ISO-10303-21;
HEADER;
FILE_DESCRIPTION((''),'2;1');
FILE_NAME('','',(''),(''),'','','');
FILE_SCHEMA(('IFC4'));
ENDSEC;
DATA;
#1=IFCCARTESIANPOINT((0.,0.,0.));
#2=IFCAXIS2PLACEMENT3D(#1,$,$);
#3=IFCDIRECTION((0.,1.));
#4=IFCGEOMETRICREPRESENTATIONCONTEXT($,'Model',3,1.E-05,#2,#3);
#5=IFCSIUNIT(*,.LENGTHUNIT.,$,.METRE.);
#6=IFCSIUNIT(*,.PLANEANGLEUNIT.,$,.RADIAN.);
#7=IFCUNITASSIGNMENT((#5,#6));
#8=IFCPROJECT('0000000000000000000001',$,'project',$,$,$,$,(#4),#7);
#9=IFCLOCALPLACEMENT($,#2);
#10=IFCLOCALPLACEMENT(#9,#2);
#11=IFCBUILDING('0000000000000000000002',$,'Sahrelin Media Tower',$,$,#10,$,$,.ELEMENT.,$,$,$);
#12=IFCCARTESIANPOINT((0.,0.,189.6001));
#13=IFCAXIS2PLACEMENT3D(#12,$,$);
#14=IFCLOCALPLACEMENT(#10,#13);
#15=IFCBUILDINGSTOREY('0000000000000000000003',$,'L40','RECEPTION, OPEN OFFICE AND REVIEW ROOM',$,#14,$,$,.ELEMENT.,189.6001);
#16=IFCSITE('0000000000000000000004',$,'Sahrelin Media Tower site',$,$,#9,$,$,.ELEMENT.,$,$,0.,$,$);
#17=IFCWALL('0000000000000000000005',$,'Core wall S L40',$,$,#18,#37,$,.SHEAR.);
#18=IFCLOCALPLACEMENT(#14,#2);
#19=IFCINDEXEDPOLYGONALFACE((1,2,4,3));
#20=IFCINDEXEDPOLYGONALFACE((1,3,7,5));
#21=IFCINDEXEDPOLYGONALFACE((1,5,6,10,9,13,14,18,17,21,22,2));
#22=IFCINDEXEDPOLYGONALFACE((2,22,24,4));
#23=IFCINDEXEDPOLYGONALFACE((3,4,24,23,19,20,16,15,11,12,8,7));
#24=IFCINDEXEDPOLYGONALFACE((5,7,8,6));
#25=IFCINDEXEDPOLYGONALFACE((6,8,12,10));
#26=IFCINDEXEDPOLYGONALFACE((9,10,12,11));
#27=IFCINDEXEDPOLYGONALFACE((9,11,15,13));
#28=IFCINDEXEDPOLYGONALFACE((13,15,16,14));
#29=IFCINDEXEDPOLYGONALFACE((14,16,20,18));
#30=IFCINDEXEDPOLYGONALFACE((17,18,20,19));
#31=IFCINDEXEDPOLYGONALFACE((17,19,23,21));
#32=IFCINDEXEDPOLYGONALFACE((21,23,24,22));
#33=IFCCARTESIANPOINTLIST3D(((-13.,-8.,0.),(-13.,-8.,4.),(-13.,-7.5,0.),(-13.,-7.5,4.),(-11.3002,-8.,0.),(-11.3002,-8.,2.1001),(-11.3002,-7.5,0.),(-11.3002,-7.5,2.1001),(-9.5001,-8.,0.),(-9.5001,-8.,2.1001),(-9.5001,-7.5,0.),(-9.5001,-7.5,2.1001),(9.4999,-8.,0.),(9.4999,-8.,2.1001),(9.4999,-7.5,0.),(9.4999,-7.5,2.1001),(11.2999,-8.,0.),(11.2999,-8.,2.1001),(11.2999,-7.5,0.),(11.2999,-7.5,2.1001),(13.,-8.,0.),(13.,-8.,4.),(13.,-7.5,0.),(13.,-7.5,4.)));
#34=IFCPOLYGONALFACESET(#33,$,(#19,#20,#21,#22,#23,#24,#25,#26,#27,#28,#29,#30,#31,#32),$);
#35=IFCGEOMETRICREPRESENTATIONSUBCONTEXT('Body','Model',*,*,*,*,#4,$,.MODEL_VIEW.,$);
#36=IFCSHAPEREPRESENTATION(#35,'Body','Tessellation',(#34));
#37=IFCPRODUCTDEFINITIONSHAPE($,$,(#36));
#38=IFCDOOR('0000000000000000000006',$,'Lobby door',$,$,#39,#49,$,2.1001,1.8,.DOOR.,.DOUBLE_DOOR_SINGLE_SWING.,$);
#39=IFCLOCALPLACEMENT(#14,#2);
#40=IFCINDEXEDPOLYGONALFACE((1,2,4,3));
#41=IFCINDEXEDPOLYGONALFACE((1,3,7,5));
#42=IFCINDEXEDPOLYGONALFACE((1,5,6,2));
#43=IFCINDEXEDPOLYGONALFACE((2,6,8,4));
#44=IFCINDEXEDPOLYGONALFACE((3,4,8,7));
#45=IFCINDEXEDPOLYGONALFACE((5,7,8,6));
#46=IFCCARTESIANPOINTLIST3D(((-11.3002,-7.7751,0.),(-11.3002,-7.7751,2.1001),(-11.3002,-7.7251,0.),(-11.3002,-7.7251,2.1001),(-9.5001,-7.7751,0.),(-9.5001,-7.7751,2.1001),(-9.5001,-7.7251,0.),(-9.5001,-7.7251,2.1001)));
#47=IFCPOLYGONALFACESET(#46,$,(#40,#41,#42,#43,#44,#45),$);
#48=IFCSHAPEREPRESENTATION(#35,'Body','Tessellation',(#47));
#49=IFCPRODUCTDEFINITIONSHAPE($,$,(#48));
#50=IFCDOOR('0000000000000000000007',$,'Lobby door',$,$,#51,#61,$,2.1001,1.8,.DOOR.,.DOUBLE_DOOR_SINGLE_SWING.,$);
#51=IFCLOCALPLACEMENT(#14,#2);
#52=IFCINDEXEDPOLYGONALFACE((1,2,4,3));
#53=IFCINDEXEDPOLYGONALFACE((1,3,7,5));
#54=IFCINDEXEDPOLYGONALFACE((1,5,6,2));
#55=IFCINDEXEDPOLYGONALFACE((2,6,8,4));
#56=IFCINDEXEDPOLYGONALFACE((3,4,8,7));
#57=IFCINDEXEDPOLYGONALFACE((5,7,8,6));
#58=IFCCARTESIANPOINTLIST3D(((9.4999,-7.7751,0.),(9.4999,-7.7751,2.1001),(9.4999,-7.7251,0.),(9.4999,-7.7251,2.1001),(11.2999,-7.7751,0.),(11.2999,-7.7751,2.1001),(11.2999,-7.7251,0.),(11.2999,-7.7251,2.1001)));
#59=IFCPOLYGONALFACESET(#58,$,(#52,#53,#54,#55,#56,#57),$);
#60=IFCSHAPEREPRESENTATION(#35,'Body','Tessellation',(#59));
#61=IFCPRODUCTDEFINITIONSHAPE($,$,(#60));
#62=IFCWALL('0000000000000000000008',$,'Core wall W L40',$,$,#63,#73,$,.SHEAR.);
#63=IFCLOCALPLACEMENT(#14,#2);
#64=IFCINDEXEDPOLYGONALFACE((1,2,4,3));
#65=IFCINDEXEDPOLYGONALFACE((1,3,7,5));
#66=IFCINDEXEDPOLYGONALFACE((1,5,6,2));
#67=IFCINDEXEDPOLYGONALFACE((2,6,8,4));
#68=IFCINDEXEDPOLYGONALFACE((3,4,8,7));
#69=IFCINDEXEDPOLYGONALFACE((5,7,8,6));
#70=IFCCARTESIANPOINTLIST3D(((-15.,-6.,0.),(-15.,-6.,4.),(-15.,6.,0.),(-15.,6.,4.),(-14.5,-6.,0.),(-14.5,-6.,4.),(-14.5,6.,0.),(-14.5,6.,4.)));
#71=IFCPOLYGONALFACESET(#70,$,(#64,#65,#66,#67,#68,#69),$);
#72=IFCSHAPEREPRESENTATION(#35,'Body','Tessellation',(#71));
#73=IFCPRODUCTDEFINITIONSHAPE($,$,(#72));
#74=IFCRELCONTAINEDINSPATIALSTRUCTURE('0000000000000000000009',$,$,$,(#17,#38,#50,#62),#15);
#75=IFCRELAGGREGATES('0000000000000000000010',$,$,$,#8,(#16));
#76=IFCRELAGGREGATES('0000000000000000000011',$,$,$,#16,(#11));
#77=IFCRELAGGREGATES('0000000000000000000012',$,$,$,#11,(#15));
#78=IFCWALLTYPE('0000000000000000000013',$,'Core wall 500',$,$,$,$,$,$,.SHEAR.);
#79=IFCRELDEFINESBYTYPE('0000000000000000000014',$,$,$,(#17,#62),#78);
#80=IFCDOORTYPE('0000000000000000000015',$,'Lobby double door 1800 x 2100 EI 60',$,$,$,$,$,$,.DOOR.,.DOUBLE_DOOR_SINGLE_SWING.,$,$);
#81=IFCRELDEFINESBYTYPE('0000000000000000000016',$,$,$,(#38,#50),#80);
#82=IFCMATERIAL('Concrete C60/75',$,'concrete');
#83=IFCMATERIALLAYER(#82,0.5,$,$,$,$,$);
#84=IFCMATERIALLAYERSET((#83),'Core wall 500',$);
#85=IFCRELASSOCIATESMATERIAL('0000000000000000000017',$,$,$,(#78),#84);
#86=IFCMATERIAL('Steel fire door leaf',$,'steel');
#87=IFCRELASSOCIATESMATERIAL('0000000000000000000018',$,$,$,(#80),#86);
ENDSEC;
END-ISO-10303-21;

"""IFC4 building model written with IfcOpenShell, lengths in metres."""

from ifc_helpers import new_model, si_unit, direction, frame, frame_2d, origin, place, context, subcontext, project, spatial, rectangle, extrude, material, layer, layer_set, type_object, element, fill, save


model = new_model("IFC4")

# Units and contexts
model_context = context("Model", 3, precision=1e-05, world=origin(), true_north=direction((0.0, 1.0)))
body_context = subcontext(model_context, "Body", "Model", "MODEL_VIEW")
ifc_project = project(units=[si_unit("LENGTHUNIT", "METRE"), si_unit("PLANEANGLEUNIT", "RADIAN")], contexts=[model_context])

# Site, building, storey
site_placement = place(None, origin())
site = spatial("IfcSite", under=ifc_project, at=site_placement, Name="Sahrelin Media Tower site", CompositionType="ELEMENT", RefElevation=0.0)
building_placement = place(site_placement, origin())
building = spatial("IfcBuilding", under=site, at=building_placement, Name="Sahrelin Media Tower", CompositionType="ELEMENT")
storey_placement = place(building_placement, frame((0.0, 0.0, 189.6001)))
storey = spatial("IfcBuildingStorey", under=building, at=storey_placement, Name="L40", Description="RECEPTION, OPEN OFFICE AND REVIEW ROOM", CompositionType="ELEMENT", Elevation=189.6001)

# Wall, openings, doors
ifc_material_1 = material(Name="Concrete C60/75", Category="concrete")
ifc_layer_1 = layer(ifc_material_1, 0.5)
ifc_layer_set_1 = layer_set([ifc_layer_1], Name="Core wall 500")
wall_type_1 = type_object("IfcWallType", Name="Core wall 500", PredefinedType="SHEAR", material=ifc_layer_set_1)
wall_1_placement = place(storey_placement, frame((-13.0, -7.75, 0.0), z_axis=(0.0, 0.0, 1.0), x_axis=(1.0, 0.0, 0.0)))
wall_1 = element("IfcWall", 1, at=wall_1_placement, inside=storey, type_object=wall_type_1, Name="Core wall S L40", PredefinedType="SHEAR", context=body_context, shape_type="SweptSolid", body=[
    extrude(rectangle(XDim=26.0, YDim=0.5, at=frame_2d((13.0, 0.0))), origin(), (0.0, 0.0, 1.0), 4.0),
])
opening_1_placement = place(wall_1_placement, frame((1.7, 0.0, 0.0)))
opening_1 = element("IfcOpeningElement", 2, at=opening_1_placement, cuts=wall_1, PredefinedType="OPENING", context=body_context, shape_type="SweptSolid", body=[
    extrude(rectangle(XDim=1.8, YDim=2.1001, at=frame_2d((0.8999, 1.05))), frame((0.0, 0.25, 0.0), z_axis=(0.0, -1.0, 0.0), x_axis=(1.0, 0.0, 0.0)), (0.0, 0.0, 1.0), 0.5),
])
opening_2_placement = place(wall_1_placement, frame((22.5, 0.0, 0.0)))
opening_2 = element("IfcOpeningElement", 3, at=opening_2_placement, cuts=wall_1, PredefinedType="OPENING", context=body_context, shape_type="SweptSolid", body=[
    extrude(rectangle(XDim=1.8, YDim=2.1001, at=frame_2d((0.8999, 1.05))), frame((0.0, 0.25, 0.0), z_axis=(0.0, -1.0, 0.0), x_axis=(1.0, 0.0, 0.0)), (0.0, 0.0, 1.0), 0.5),
])
ifc_material_2 = material(Name="Steel fire door leaf", Category="steel")
door_type_1 = type_object("IfcDoorType", Name="Lobby double door 1800 x 2100 EI 60", OperationType="DOUBLE_DOOR_SINGLE_SWING", PredefinedType="DOOR", material=ifc_material_2)
door_1_placement = place(opening_1_placement, origin())
door_1 = element("IfcDoor", 4, at=door_1_placement, inside=storey, type_object=door_type_1, Name="Lobby door", OperationType="DOUBLE_DOOR_SINGLE_SWING", OverallHeight=2.1001, OverallWidth=1.8, PredefinedType="DOOR", context=body_context, shape_type="SweptSolid", body=[
    extrude(rectangle(XDim=1.8, YDim=2.1001, at=frame_2d((0.8999, 1.05))), frame((0.0, 0.0249, 0.0), z_axis=(0.0, -1.0, 0.0), x_axis=(1.0, 0.0, 0.0)), (0.0, 0.0, 1.0), 0.05),
])
fill(opening_1, door_1)
door_2_placement = place(opening_2_placement, origin())
door_2 = element("IfcDoor", 5, at=door_2_placement, inside=storey, type_object=door_type_1, Name="Lobby door", OperationType="DOUBLE_DOOR_SINGLE_SWING", OverallHeight=2.1001, OverallWidth=1.8, PredefinedType="DOOR", context=body_context, shape_type="SweptSolid", body=[
    extrude(rectangle(XDim=1.8, YDim=2.1001, at=frame_2d((0.8999, 1.05))), frame((0.0, 0.0249, 0.0), z_axis=(0.0, -1.0, 0.0), x_axis=(1.0, 0.0, 0.0)), (0.0, 0.0, 1.0), 0.05),
])
fill(opening_2, door_2)

# Wall
wall_2_placement = place(storey_placement, frame((-14.75, -6.0, 0.0), z_axis=(0.0, 0.0, 1.0), x_axis=(0.0, 1.0, 0.0)))
element("IfcWall", 6, at=wall_2_placement, inside=storey, type_object=wall_type_1, Name="Core wall W L40", PredefinedType="SHEAR", context=body_context, shape_type="SweptSolid", body=[
    extrude(rectangle(XDim=12.0, YDim=0.5, at=frame_2d((6.0, 0.0))), origin(), (0.0, 0.0, 1.0), 4.0),
])

save(model, "model.ifc")
